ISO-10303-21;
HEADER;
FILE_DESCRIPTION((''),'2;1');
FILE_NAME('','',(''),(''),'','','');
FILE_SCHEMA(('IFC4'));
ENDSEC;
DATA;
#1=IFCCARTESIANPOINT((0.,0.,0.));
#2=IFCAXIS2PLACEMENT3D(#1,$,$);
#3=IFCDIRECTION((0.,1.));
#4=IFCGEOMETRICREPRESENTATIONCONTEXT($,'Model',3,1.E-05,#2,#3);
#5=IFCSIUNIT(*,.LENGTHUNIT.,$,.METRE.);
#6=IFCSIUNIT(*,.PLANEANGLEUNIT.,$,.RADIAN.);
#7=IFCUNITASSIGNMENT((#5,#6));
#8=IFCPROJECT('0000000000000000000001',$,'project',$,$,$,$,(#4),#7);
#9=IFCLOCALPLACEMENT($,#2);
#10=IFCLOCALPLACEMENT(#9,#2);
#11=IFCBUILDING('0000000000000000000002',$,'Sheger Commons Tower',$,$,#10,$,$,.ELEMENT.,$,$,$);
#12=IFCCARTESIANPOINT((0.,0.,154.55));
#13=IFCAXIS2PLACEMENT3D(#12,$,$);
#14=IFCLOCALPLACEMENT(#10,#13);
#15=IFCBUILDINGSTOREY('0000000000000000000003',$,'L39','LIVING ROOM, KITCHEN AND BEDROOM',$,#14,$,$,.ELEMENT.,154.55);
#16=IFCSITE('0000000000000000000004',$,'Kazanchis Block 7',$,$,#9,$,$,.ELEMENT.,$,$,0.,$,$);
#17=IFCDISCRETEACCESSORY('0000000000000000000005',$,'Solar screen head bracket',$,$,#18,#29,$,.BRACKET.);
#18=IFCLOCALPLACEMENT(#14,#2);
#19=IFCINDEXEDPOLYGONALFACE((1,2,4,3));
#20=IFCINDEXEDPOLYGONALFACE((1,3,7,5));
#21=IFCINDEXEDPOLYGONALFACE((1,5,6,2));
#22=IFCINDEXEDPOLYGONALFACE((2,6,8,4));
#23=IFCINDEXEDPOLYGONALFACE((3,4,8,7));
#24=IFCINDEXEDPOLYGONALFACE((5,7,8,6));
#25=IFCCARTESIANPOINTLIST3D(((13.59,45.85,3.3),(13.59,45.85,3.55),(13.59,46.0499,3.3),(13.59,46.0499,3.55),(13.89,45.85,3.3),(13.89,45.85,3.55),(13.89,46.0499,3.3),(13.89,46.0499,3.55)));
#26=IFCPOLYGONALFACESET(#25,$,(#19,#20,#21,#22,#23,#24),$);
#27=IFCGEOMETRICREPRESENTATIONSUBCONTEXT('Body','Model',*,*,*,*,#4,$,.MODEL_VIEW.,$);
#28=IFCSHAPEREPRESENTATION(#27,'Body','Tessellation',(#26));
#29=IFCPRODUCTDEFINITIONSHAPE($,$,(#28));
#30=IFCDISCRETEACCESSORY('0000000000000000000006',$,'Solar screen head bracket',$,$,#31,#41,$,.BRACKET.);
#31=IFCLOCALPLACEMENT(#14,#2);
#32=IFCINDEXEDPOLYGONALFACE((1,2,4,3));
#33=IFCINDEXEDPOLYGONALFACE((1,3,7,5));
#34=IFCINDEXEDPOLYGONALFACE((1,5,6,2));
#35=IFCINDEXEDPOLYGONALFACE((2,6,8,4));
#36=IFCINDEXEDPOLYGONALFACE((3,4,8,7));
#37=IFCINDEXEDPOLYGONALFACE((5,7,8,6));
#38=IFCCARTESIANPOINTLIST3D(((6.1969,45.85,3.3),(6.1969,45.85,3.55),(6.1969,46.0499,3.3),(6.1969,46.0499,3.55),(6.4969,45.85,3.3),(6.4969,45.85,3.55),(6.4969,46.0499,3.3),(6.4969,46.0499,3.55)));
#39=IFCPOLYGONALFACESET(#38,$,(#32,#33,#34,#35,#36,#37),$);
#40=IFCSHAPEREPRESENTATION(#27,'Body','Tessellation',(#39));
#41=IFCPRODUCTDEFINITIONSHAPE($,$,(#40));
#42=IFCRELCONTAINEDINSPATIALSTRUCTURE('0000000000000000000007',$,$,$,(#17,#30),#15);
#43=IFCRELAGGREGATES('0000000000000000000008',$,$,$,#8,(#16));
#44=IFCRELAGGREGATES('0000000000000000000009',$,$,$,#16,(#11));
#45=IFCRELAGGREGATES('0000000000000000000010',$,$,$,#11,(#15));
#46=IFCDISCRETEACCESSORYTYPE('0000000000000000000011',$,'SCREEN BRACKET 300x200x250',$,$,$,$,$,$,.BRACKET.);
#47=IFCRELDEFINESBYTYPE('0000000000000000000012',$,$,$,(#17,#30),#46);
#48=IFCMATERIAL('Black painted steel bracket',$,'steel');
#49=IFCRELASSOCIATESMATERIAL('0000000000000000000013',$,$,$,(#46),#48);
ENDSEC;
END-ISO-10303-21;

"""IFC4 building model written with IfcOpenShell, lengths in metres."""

from ifc_helpers import new_model, si_unit, direction, frame, origin, origin_2d, place, context, subcontext, project, spatial, rectangle, extrude, material, type_object, element, save


model = new_model("IFC4")

# Units and contexts
model_context = context("Model", 3, precision=1e-05, world=origin(), true_north=direction((0.0, 1.0)))
body_context = subcontext(model_context, "Body", "Model", "MODEL_VIEW")
ifc_project = project(units=[si_unit("LENGTHUNIT", "METRE"), si_unit("PLANEANGLEUNIT", "RADIAN")], contexts=[model_context])

# Site, building, storey
site_placement = place(None, origin())
site = spatial("IfcSite", under=ifc_project, at=site_placement, Name="Kazanchis Block 7", CompositionType="ELEMENT", RefElevation=0.0)
building_placement = place(site_placement, origin())
building = spatial("IfcBuilding", under=site, at=building_placement, Name="Sheger Commons Tower", CompositionType="ELEMENT")
storey_placement = place(building_placement, frame((0.0, 0.0, 154.55)))
storey = spatial("IfcBuildingStorey", under=building, at=storey_placement, Name="L39", Description="LIVING ROOM, KITCHEN AND BEDROOM", CompositionType="ELEMENT", Elevation=154.55)

# Discrete accessories
ifc_material_1 = material(Name="Black painted steel bracket", Category="steel")
discrete_accessory_type = type_object("IfcDiscreteAccessoryType", Name="SCREEN BRACKET 300x200x250", PredefinedType="BRACKET", material=ifc_material_1)
for number, where, z_axis, x_axis, name in (
    (1, (13.74, 45.95, 3.3), (0.0, 0.0, 1.0), (-1.0, 0.0, 0.0), "Solar screen head bracket"),
    (2, (6.3469, 45.95, 3.3), (0.0, 0.0, 1.0), (-1.0, 0.0, 0.0), "Solar screen head bracket"),
):
    element("IfcDiscreteAccessory", number, at=place(storey_placement, frame(where, z_axis=z_axis, x_axis=x_axis)), inside=storey, type_object=discrete_accessory_type, Name=name, PredefinedType="BRACKET", context=body_context, shape_type="SweptSolid", body=[
        extrude(rectangle(XDim=0.3, YDim=0.2, at=origin_2d()), origin(), (0.0, 0.0, 1.0), 0.25),
    ])

save(model, "model.ifc")
